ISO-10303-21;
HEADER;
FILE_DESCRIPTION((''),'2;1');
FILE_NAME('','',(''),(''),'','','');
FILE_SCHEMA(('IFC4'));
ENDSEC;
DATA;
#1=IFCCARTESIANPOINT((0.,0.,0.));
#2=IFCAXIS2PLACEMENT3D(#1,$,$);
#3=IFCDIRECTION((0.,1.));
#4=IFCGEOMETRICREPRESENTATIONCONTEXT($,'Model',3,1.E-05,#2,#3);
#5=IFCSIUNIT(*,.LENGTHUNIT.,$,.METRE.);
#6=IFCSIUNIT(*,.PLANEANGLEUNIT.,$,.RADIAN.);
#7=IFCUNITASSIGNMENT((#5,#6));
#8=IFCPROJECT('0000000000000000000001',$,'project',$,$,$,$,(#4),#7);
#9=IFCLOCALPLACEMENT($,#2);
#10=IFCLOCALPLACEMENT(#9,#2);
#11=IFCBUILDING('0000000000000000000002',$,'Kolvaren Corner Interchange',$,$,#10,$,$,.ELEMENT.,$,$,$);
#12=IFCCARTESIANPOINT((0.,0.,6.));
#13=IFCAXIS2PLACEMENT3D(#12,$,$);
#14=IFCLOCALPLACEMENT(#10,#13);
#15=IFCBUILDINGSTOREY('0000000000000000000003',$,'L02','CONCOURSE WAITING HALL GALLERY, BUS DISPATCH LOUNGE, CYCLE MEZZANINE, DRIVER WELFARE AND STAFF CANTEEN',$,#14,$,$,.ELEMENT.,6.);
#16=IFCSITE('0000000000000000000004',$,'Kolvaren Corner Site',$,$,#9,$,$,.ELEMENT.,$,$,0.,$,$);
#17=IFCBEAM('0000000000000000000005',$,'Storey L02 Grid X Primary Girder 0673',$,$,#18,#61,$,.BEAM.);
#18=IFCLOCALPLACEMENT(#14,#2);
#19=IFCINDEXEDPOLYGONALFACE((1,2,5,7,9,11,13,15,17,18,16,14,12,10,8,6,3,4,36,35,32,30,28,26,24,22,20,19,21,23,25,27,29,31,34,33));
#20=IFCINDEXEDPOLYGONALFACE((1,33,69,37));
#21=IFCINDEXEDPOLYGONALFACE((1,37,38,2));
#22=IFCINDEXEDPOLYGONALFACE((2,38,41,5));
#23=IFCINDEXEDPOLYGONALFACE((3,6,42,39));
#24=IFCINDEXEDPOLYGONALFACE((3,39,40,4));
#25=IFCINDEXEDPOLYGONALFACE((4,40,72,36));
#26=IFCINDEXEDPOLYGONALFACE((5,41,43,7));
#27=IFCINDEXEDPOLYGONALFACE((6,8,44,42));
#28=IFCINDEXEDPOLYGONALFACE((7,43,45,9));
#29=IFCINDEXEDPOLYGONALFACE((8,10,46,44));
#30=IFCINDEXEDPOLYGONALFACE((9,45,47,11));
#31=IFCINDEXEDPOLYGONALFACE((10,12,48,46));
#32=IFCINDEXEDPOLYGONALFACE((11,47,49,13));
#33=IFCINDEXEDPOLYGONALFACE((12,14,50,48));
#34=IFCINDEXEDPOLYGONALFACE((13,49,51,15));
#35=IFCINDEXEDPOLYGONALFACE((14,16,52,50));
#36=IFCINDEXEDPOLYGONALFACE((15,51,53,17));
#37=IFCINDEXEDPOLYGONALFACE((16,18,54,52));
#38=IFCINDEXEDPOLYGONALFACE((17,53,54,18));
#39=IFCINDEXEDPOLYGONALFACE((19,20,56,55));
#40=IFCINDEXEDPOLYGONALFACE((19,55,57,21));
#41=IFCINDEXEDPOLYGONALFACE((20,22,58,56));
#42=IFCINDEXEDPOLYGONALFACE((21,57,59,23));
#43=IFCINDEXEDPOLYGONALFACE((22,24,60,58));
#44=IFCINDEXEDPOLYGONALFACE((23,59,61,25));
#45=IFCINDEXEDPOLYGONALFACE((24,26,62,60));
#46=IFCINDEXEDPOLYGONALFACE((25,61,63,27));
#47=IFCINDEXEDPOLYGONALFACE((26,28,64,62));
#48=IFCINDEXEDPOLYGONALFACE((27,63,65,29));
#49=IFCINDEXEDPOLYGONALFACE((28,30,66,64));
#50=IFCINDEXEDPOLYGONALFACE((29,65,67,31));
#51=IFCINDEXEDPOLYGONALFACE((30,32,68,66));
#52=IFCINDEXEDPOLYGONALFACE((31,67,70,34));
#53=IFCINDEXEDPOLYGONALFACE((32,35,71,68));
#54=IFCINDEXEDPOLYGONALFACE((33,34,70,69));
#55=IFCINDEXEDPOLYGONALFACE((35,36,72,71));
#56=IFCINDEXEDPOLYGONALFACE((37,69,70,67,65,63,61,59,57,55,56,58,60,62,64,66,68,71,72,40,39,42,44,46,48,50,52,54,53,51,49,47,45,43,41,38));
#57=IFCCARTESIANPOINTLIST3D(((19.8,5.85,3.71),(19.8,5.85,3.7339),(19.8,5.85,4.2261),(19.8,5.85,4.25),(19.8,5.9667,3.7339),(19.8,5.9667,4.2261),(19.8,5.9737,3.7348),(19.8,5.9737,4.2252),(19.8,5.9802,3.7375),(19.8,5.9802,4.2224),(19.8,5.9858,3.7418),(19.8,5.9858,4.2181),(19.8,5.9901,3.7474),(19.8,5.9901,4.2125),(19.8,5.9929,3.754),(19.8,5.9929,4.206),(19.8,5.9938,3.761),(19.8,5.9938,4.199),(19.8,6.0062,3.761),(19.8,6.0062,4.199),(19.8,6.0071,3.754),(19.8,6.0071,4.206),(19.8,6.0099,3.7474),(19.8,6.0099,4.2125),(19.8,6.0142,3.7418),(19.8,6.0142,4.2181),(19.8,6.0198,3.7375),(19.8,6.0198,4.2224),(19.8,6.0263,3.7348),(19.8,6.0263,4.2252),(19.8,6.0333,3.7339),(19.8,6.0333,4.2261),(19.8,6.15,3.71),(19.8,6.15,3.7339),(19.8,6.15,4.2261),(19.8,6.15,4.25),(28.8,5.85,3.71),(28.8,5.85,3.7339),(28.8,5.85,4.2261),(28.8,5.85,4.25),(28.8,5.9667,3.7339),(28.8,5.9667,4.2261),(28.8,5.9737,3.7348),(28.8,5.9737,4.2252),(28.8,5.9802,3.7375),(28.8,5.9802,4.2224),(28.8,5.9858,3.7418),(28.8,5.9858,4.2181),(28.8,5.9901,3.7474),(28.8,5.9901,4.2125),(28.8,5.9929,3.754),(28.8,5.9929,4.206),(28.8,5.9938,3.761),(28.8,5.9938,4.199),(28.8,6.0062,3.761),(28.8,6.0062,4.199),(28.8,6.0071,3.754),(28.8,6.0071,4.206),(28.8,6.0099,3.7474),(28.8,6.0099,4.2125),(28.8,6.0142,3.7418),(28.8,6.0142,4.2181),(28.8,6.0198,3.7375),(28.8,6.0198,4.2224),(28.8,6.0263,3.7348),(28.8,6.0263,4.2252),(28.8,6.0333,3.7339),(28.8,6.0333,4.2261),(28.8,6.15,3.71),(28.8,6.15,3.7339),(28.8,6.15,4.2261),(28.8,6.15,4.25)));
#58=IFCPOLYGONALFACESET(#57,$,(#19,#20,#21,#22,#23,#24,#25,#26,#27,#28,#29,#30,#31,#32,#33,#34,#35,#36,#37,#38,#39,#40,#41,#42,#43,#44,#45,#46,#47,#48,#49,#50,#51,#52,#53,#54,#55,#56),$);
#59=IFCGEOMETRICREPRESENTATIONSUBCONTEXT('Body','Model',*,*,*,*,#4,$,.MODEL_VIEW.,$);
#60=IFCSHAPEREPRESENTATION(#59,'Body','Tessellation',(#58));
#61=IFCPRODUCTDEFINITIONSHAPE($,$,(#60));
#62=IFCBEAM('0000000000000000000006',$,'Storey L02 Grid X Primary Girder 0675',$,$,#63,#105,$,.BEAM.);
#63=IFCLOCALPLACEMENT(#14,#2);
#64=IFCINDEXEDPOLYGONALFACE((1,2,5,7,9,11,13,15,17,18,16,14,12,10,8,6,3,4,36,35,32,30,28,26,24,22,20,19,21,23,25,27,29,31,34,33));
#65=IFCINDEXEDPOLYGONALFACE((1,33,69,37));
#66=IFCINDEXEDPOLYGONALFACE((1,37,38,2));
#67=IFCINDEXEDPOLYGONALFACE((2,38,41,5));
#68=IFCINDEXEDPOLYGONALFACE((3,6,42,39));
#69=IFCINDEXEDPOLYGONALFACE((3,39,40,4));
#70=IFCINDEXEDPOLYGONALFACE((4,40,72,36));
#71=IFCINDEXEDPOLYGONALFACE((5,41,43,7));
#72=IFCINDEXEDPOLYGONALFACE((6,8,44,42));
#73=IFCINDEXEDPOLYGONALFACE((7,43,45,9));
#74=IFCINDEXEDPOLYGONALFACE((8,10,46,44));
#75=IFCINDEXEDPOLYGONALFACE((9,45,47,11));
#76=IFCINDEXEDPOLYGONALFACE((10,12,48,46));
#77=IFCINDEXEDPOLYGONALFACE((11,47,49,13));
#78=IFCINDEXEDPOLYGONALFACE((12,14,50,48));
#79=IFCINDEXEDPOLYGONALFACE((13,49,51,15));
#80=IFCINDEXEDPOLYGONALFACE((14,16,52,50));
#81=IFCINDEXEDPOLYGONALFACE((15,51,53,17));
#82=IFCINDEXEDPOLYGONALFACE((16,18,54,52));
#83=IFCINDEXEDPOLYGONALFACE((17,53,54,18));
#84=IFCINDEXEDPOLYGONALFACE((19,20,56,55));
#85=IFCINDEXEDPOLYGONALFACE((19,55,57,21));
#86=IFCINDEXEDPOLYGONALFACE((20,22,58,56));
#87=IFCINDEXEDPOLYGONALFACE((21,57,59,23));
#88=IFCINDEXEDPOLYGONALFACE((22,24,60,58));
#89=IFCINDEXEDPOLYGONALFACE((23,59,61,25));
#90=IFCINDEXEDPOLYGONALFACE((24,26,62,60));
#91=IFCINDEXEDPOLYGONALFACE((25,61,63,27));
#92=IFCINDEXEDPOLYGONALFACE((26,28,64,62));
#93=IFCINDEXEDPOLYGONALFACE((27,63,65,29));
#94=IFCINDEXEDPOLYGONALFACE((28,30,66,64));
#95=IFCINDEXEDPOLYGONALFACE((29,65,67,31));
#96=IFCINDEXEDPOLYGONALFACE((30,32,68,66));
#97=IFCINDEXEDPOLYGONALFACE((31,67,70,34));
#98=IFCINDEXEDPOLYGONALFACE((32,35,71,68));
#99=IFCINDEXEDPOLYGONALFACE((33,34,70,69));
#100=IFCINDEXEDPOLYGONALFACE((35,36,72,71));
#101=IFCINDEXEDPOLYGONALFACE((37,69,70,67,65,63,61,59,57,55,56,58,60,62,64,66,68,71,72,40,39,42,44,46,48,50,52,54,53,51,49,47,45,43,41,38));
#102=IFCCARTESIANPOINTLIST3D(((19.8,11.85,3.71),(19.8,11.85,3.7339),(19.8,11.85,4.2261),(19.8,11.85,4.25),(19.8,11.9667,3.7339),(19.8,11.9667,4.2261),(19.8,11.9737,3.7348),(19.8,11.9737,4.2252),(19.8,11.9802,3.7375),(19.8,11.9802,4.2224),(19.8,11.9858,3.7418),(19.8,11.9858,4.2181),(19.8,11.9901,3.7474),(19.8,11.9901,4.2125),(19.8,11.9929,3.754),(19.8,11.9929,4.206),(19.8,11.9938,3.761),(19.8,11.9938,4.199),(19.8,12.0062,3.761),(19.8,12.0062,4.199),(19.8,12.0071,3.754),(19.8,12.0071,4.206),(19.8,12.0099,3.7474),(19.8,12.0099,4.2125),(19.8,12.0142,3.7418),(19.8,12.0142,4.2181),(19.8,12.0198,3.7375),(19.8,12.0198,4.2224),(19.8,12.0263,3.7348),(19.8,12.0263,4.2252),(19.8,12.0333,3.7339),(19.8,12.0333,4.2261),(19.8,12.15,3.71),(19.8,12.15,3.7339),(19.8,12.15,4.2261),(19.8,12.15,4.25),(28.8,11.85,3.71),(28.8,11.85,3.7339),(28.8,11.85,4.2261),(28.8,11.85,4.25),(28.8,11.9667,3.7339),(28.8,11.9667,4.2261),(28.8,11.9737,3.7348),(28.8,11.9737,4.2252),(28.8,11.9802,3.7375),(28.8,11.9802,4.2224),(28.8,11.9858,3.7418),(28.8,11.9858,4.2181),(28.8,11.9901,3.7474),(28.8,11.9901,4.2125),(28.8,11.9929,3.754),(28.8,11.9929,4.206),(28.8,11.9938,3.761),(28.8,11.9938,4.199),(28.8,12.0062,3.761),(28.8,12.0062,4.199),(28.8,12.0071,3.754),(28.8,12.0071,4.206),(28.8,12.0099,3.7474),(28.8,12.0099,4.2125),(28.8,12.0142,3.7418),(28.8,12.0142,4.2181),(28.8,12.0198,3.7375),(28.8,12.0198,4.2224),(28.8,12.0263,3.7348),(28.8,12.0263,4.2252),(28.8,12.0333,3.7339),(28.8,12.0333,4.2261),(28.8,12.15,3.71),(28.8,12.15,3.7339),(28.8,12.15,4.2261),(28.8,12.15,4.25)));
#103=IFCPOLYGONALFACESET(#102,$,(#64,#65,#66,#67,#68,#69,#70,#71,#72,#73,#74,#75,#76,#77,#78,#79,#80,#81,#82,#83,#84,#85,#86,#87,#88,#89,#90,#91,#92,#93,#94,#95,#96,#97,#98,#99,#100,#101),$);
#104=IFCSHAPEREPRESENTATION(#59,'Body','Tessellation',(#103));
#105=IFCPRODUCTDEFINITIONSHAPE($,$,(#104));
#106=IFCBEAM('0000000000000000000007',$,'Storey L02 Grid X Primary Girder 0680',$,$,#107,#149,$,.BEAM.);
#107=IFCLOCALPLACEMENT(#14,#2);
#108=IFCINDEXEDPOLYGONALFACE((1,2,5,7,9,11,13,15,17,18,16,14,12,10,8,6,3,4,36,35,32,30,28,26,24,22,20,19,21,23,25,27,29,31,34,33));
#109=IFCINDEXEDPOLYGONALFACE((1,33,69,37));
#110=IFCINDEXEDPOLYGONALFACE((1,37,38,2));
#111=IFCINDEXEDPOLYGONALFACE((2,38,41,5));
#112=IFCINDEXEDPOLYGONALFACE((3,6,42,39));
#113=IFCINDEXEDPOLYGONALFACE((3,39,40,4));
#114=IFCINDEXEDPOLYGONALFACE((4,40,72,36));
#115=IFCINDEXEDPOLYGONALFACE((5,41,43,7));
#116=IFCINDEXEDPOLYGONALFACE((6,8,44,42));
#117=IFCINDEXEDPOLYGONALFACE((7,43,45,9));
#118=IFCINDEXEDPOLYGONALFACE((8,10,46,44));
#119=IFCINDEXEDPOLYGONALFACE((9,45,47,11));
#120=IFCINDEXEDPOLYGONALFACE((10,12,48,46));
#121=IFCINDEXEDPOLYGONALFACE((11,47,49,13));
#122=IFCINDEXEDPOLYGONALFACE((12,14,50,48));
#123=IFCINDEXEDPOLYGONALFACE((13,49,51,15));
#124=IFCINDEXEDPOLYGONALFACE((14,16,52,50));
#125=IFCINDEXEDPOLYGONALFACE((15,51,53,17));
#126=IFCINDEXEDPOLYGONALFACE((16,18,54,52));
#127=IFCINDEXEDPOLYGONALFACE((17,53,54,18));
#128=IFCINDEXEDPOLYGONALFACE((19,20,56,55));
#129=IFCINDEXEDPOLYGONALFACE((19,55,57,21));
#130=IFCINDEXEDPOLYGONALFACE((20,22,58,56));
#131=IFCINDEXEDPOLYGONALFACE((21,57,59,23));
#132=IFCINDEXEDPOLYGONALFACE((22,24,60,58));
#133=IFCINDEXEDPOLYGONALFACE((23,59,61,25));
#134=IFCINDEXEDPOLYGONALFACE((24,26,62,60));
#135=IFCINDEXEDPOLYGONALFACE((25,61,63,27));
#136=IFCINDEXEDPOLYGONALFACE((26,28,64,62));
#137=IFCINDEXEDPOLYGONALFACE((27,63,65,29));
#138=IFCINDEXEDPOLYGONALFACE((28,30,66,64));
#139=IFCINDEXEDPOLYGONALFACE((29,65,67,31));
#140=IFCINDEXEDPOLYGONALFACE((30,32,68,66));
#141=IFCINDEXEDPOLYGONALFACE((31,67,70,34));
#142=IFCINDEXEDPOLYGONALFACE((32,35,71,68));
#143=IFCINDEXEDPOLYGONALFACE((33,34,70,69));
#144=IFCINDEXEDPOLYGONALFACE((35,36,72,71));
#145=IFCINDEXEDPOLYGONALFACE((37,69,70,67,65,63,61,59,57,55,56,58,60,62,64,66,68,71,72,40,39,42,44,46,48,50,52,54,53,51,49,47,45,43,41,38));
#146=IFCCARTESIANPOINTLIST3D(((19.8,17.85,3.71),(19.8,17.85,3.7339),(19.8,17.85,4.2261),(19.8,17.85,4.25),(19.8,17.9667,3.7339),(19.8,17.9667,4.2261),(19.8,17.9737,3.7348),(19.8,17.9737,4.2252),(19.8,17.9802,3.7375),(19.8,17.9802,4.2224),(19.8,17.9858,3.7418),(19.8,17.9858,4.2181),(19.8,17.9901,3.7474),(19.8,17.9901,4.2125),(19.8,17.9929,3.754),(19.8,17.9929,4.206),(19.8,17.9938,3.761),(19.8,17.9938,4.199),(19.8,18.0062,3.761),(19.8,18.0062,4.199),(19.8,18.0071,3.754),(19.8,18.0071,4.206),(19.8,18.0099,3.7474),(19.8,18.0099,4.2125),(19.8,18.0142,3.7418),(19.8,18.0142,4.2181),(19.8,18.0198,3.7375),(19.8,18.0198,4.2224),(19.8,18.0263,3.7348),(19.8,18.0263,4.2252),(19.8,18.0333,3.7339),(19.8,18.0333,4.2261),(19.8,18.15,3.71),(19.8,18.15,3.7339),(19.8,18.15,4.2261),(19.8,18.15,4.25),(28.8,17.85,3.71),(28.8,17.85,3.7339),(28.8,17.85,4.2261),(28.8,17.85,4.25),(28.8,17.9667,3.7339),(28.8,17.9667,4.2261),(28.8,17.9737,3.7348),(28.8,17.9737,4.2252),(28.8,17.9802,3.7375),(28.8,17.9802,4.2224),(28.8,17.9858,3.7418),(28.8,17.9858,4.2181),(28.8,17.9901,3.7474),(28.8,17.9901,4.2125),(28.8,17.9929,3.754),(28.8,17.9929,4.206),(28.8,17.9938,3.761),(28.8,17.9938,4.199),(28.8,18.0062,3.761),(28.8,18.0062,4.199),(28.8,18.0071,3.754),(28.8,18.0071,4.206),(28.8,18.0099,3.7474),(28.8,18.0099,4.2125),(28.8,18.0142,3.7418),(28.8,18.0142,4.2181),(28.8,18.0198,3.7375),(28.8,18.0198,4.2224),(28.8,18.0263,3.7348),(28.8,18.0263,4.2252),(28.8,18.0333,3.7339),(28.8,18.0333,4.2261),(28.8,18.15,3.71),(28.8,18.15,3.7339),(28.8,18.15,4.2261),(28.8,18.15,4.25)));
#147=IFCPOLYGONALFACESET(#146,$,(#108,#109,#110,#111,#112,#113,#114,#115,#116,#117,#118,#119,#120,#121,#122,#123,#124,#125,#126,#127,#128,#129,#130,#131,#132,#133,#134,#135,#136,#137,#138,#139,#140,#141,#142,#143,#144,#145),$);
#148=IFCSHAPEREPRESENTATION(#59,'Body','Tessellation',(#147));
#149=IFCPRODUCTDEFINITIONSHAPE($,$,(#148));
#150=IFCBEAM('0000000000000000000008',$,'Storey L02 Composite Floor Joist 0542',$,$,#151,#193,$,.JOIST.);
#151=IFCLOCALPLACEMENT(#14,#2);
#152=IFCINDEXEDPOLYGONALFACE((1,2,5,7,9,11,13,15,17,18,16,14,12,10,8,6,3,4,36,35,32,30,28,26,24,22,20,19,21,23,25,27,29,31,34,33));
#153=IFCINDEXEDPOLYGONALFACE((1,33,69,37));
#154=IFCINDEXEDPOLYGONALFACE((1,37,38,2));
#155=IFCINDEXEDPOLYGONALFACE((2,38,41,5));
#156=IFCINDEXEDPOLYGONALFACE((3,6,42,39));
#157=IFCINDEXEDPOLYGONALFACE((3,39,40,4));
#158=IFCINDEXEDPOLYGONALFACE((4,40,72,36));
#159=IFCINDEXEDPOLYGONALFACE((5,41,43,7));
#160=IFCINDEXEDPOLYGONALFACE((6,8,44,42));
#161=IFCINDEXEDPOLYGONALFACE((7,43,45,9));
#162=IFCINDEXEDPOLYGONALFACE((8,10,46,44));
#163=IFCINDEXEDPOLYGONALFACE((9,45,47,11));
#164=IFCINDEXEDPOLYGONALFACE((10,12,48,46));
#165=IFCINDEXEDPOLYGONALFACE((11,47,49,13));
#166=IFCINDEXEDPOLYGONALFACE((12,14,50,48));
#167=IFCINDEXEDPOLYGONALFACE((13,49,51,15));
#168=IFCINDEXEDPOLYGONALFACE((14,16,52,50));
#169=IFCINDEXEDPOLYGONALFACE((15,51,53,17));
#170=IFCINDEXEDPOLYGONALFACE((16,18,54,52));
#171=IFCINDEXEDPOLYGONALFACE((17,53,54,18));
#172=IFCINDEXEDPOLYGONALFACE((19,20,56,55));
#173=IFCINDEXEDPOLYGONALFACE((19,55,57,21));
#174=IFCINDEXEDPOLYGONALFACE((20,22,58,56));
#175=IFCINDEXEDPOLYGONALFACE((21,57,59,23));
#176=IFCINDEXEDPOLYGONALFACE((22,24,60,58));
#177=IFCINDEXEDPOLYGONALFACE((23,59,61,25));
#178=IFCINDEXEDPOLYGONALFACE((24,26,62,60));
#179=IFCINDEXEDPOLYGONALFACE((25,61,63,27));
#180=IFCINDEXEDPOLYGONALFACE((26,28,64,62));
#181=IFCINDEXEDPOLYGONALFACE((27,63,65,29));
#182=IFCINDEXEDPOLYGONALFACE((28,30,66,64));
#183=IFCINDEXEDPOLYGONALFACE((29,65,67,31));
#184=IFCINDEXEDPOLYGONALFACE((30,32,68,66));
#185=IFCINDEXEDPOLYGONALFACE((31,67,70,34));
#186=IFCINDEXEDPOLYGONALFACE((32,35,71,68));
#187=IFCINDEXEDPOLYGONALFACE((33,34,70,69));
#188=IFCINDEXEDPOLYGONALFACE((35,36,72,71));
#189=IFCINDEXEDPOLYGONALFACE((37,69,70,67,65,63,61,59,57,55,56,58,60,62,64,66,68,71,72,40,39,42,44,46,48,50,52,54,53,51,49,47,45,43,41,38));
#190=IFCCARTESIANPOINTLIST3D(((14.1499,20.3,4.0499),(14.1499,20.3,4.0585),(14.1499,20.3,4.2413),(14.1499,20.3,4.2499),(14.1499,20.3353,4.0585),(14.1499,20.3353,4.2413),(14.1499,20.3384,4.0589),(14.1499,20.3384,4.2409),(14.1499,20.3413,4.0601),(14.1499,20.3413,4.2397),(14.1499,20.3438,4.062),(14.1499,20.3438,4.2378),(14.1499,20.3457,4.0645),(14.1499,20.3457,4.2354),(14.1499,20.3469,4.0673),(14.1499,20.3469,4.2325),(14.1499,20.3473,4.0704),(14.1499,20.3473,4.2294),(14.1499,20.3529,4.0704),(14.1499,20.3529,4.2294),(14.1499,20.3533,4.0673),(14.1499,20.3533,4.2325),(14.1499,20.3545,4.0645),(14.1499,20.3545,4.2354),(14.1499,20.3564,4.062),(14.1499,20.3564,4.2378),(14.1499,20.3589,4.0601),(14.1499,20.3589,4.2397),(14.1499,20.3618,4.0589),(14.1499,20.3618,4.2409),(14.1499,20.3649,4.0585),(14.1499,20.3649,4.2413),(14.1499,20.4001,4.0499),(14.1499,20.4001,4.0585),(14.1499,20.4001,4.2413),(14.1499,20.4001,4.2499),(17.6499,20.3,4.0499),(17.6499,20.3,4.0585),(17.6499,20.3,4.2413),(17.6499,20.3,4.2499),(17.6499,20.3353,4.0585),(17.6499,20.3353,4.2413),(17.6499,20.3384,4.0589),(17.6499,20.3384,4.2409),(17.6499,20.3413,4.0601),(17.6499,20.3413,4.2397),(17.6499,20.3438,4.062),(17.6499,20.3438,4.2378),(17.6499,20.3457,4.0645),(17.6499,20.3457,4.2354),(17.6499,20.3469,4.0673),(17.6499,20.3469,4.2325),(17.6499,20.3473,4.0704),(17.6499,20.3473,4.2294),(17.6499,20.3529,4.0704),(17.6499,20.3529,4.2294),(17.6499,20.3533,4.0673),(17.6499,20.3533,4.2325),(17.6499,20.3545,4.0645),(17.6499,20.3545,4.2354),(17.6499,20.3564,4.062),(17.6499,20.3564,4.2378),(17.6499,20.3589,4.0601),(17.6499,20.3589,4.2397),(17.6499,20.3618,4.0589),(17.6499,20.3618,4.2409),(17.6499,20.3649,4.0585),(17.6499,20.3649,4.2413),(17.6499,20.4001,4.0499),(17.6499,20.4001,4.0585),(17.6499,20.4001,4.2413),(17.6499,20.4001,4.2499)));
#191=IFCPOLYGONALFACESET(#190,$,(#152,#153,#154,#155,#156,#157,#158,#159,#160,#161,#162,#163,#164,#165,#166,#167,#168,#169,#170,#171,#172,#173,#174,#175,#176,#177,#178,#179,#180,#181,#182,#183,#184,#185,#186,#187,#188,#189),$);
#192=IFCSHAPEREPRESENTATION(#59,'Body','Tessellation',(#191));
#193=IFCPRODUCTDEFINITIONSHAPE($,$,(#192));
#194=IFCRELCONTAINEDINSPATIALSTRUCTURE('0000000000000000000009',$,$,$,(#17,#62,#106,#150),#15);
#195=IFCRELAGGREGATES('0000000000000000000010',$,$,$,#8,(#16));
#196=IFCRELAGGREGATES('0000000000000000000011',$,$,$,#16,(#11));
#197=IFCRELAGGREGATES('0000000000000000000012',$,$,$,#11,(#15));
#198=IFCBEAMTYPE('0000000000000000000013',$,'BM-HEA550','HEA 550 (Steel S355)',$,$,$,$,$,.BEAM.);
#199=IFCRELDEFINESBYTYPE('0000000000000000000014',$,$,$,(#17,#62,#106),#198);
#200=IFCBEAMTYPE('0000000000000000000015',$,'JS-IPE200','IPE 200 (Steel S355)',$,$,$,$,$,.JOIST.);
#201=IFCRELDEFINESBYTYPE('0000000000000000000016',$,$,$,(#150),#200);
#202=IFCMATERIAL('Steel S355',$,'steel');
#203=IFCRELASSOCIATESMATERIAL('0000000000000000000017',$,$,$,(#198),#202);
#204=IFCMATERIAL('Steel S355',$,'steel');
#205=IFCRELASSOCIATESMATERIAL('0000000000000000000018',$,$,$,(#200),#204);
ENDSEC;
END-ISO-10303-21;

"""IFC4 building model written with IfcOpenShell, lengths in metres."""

from ifc_helpers import new_model, si_unit, direction, frame, origin, origin_2d, place, context, subcontext, project, spatial, i_section, extrude, material, material_profile, profile_set, type_object, element, save


model = new_model("IFC4")

# Units and contexts
model_context = context("Model", 3, precision=1e-05, world=origin(), true_north=direction((0.0, 1.0)))
body_context = subcontext(model_context, "Body", "Model", "MODEL_VIEW")
ifc_project = project(units=[si_unit("LENGTHUNIT", "METRE"), si_unit("PLANEANGLEUNIT", "RADIAN")], contexts=[model_context])

# Site, building, storey
site_placement = place(None, origin())
site = spatial("IfcSite", under=ifc_project, at=site_placement, Name="Kolvaren Corner Site", CompositionType="ELEMENT", RefElevation=0.0)
building_placement = place(site_placement, origin())
building = spatial("IfcBuilding", under=site, at=building_placement, Name="Kolvaren Corner Interchange", CompositionType="ELEMENT")
storey_placement = place(building_placement, frame((0.0, 0.0, 6.0)))
storey = spatial("IfcBuildingStorey", under=building, at=storey_placement, Name="L02", Description="CONCOURSE WAITING HALL GALLERY, BUS DISPATCH LOUNGE, CYCLE MEZZANINE, DRIVER WELFARE AND STAFF CANTEEN", CompositionType="ELEMENT", Elevation=6.0)

# Beams
ifc_material_1 = material(Name="Steel S355", Category="steel")
ifc_material_profile_1 = material_profile(ifc_material_1, i_section(OverallWidth=0.3, OverallDepth=0.54, WebThickness=0.0125, FlangeThickness=0.0239, FilletRadius=0.0271, at=origin_2d()), Name="HEA 550")
ifc_profile_set_1 = profile_set([ifc_material_profile_1], Name="Steel S355")
beam_type_1 = type_object("IfcBeamType", Name="BM-HEA550", Description="HEA 550 (Steel S355)", PredefinedType="BEAM", material=ifc_profile_set_1)
for number, where, z_axis, x_axis, name in (
    (1, (19.8, 6.0, 3.98), (1.0, 0.0, 0.0), (0.0, 1.0, 0.0), "Storey L02 Grid X Primary Girder 0673"),
    (2, (19.8, 12.0, 3.98), (1.0, 0.0, 0.0), (0.0, 1.0, 0.0), "Storey L02 Grid X Primary Girder 0675"),
    (3, (19.8, 18.0, 3.98), (1.0, 0.0, 0.0), (0.0, 1.0, 0.0), "Storey L02 Grid X Primary Girder 0680"),
):
    element("IfcBeam", number, at=place(storey_placement, frame(where, z_axis=z_axis, x_axis=x_axis)), inside=storey, type_object=beam_type_1, Name=name, PredefinedType="BEAM", context=body_context, shape_type="SweptSolid", body=[
        extrude(i_section(OverallWidth=0.3, OverallDepth=0.54, WebThickness=0.0125, FlangeThickness=0.0239, FilletRadius=0.0271, at=origin_2d()), origin(), (0.0, 0.0, 1.0), 9.0),
    ])
ifc_material_2 = material(Name="Steel S355", Category="steel")
ifc_material_profile_2 = material_profile(ifc_material_2, i_section(OverallWidth=0.1001, OverallDepth=0.2, WebThickness=0.0056, FlangeThickness=0.0085, FilletRadius=0.012, at=origin_2d()), Name="IPE 200")
ifc_profile_set_2 = profile_set([ifc_material_profile_2], Name="Steel S355")
beam_type_2 = type_object("IfcBeamType", Name="JS-IPE200", Description="IPE 200 (Steel S355)", PredefinedType="JOIST", material=ifc_profile_set_2)
beam_1_placement = place(storey_placement, frame((14.1499, 20.3501, 4.1499), z_axis=(1.0, 0.0, 0.0), x_axis=(0.0, 1.0, 0.0)))
element("IfcBeam", 4, at=beam_1_placement, inside=storey, type_object=beam_type_2, Name="Storey L02 Composite Floor Joist 0542", PredefinedType="JOIST", context=body_context, shape_type="SweptSolid", body=[
    extrude(i_section(OverallWidth=0.1001, OverallDepth=0.2, WebThickness=0.0056, FlangeThickness=0.0085, FilletRadius=0.012, at=origin_2d()), origin(), (0.0, 0.0, 1.0), 3.5),
])

save(model, "model.ifc")
